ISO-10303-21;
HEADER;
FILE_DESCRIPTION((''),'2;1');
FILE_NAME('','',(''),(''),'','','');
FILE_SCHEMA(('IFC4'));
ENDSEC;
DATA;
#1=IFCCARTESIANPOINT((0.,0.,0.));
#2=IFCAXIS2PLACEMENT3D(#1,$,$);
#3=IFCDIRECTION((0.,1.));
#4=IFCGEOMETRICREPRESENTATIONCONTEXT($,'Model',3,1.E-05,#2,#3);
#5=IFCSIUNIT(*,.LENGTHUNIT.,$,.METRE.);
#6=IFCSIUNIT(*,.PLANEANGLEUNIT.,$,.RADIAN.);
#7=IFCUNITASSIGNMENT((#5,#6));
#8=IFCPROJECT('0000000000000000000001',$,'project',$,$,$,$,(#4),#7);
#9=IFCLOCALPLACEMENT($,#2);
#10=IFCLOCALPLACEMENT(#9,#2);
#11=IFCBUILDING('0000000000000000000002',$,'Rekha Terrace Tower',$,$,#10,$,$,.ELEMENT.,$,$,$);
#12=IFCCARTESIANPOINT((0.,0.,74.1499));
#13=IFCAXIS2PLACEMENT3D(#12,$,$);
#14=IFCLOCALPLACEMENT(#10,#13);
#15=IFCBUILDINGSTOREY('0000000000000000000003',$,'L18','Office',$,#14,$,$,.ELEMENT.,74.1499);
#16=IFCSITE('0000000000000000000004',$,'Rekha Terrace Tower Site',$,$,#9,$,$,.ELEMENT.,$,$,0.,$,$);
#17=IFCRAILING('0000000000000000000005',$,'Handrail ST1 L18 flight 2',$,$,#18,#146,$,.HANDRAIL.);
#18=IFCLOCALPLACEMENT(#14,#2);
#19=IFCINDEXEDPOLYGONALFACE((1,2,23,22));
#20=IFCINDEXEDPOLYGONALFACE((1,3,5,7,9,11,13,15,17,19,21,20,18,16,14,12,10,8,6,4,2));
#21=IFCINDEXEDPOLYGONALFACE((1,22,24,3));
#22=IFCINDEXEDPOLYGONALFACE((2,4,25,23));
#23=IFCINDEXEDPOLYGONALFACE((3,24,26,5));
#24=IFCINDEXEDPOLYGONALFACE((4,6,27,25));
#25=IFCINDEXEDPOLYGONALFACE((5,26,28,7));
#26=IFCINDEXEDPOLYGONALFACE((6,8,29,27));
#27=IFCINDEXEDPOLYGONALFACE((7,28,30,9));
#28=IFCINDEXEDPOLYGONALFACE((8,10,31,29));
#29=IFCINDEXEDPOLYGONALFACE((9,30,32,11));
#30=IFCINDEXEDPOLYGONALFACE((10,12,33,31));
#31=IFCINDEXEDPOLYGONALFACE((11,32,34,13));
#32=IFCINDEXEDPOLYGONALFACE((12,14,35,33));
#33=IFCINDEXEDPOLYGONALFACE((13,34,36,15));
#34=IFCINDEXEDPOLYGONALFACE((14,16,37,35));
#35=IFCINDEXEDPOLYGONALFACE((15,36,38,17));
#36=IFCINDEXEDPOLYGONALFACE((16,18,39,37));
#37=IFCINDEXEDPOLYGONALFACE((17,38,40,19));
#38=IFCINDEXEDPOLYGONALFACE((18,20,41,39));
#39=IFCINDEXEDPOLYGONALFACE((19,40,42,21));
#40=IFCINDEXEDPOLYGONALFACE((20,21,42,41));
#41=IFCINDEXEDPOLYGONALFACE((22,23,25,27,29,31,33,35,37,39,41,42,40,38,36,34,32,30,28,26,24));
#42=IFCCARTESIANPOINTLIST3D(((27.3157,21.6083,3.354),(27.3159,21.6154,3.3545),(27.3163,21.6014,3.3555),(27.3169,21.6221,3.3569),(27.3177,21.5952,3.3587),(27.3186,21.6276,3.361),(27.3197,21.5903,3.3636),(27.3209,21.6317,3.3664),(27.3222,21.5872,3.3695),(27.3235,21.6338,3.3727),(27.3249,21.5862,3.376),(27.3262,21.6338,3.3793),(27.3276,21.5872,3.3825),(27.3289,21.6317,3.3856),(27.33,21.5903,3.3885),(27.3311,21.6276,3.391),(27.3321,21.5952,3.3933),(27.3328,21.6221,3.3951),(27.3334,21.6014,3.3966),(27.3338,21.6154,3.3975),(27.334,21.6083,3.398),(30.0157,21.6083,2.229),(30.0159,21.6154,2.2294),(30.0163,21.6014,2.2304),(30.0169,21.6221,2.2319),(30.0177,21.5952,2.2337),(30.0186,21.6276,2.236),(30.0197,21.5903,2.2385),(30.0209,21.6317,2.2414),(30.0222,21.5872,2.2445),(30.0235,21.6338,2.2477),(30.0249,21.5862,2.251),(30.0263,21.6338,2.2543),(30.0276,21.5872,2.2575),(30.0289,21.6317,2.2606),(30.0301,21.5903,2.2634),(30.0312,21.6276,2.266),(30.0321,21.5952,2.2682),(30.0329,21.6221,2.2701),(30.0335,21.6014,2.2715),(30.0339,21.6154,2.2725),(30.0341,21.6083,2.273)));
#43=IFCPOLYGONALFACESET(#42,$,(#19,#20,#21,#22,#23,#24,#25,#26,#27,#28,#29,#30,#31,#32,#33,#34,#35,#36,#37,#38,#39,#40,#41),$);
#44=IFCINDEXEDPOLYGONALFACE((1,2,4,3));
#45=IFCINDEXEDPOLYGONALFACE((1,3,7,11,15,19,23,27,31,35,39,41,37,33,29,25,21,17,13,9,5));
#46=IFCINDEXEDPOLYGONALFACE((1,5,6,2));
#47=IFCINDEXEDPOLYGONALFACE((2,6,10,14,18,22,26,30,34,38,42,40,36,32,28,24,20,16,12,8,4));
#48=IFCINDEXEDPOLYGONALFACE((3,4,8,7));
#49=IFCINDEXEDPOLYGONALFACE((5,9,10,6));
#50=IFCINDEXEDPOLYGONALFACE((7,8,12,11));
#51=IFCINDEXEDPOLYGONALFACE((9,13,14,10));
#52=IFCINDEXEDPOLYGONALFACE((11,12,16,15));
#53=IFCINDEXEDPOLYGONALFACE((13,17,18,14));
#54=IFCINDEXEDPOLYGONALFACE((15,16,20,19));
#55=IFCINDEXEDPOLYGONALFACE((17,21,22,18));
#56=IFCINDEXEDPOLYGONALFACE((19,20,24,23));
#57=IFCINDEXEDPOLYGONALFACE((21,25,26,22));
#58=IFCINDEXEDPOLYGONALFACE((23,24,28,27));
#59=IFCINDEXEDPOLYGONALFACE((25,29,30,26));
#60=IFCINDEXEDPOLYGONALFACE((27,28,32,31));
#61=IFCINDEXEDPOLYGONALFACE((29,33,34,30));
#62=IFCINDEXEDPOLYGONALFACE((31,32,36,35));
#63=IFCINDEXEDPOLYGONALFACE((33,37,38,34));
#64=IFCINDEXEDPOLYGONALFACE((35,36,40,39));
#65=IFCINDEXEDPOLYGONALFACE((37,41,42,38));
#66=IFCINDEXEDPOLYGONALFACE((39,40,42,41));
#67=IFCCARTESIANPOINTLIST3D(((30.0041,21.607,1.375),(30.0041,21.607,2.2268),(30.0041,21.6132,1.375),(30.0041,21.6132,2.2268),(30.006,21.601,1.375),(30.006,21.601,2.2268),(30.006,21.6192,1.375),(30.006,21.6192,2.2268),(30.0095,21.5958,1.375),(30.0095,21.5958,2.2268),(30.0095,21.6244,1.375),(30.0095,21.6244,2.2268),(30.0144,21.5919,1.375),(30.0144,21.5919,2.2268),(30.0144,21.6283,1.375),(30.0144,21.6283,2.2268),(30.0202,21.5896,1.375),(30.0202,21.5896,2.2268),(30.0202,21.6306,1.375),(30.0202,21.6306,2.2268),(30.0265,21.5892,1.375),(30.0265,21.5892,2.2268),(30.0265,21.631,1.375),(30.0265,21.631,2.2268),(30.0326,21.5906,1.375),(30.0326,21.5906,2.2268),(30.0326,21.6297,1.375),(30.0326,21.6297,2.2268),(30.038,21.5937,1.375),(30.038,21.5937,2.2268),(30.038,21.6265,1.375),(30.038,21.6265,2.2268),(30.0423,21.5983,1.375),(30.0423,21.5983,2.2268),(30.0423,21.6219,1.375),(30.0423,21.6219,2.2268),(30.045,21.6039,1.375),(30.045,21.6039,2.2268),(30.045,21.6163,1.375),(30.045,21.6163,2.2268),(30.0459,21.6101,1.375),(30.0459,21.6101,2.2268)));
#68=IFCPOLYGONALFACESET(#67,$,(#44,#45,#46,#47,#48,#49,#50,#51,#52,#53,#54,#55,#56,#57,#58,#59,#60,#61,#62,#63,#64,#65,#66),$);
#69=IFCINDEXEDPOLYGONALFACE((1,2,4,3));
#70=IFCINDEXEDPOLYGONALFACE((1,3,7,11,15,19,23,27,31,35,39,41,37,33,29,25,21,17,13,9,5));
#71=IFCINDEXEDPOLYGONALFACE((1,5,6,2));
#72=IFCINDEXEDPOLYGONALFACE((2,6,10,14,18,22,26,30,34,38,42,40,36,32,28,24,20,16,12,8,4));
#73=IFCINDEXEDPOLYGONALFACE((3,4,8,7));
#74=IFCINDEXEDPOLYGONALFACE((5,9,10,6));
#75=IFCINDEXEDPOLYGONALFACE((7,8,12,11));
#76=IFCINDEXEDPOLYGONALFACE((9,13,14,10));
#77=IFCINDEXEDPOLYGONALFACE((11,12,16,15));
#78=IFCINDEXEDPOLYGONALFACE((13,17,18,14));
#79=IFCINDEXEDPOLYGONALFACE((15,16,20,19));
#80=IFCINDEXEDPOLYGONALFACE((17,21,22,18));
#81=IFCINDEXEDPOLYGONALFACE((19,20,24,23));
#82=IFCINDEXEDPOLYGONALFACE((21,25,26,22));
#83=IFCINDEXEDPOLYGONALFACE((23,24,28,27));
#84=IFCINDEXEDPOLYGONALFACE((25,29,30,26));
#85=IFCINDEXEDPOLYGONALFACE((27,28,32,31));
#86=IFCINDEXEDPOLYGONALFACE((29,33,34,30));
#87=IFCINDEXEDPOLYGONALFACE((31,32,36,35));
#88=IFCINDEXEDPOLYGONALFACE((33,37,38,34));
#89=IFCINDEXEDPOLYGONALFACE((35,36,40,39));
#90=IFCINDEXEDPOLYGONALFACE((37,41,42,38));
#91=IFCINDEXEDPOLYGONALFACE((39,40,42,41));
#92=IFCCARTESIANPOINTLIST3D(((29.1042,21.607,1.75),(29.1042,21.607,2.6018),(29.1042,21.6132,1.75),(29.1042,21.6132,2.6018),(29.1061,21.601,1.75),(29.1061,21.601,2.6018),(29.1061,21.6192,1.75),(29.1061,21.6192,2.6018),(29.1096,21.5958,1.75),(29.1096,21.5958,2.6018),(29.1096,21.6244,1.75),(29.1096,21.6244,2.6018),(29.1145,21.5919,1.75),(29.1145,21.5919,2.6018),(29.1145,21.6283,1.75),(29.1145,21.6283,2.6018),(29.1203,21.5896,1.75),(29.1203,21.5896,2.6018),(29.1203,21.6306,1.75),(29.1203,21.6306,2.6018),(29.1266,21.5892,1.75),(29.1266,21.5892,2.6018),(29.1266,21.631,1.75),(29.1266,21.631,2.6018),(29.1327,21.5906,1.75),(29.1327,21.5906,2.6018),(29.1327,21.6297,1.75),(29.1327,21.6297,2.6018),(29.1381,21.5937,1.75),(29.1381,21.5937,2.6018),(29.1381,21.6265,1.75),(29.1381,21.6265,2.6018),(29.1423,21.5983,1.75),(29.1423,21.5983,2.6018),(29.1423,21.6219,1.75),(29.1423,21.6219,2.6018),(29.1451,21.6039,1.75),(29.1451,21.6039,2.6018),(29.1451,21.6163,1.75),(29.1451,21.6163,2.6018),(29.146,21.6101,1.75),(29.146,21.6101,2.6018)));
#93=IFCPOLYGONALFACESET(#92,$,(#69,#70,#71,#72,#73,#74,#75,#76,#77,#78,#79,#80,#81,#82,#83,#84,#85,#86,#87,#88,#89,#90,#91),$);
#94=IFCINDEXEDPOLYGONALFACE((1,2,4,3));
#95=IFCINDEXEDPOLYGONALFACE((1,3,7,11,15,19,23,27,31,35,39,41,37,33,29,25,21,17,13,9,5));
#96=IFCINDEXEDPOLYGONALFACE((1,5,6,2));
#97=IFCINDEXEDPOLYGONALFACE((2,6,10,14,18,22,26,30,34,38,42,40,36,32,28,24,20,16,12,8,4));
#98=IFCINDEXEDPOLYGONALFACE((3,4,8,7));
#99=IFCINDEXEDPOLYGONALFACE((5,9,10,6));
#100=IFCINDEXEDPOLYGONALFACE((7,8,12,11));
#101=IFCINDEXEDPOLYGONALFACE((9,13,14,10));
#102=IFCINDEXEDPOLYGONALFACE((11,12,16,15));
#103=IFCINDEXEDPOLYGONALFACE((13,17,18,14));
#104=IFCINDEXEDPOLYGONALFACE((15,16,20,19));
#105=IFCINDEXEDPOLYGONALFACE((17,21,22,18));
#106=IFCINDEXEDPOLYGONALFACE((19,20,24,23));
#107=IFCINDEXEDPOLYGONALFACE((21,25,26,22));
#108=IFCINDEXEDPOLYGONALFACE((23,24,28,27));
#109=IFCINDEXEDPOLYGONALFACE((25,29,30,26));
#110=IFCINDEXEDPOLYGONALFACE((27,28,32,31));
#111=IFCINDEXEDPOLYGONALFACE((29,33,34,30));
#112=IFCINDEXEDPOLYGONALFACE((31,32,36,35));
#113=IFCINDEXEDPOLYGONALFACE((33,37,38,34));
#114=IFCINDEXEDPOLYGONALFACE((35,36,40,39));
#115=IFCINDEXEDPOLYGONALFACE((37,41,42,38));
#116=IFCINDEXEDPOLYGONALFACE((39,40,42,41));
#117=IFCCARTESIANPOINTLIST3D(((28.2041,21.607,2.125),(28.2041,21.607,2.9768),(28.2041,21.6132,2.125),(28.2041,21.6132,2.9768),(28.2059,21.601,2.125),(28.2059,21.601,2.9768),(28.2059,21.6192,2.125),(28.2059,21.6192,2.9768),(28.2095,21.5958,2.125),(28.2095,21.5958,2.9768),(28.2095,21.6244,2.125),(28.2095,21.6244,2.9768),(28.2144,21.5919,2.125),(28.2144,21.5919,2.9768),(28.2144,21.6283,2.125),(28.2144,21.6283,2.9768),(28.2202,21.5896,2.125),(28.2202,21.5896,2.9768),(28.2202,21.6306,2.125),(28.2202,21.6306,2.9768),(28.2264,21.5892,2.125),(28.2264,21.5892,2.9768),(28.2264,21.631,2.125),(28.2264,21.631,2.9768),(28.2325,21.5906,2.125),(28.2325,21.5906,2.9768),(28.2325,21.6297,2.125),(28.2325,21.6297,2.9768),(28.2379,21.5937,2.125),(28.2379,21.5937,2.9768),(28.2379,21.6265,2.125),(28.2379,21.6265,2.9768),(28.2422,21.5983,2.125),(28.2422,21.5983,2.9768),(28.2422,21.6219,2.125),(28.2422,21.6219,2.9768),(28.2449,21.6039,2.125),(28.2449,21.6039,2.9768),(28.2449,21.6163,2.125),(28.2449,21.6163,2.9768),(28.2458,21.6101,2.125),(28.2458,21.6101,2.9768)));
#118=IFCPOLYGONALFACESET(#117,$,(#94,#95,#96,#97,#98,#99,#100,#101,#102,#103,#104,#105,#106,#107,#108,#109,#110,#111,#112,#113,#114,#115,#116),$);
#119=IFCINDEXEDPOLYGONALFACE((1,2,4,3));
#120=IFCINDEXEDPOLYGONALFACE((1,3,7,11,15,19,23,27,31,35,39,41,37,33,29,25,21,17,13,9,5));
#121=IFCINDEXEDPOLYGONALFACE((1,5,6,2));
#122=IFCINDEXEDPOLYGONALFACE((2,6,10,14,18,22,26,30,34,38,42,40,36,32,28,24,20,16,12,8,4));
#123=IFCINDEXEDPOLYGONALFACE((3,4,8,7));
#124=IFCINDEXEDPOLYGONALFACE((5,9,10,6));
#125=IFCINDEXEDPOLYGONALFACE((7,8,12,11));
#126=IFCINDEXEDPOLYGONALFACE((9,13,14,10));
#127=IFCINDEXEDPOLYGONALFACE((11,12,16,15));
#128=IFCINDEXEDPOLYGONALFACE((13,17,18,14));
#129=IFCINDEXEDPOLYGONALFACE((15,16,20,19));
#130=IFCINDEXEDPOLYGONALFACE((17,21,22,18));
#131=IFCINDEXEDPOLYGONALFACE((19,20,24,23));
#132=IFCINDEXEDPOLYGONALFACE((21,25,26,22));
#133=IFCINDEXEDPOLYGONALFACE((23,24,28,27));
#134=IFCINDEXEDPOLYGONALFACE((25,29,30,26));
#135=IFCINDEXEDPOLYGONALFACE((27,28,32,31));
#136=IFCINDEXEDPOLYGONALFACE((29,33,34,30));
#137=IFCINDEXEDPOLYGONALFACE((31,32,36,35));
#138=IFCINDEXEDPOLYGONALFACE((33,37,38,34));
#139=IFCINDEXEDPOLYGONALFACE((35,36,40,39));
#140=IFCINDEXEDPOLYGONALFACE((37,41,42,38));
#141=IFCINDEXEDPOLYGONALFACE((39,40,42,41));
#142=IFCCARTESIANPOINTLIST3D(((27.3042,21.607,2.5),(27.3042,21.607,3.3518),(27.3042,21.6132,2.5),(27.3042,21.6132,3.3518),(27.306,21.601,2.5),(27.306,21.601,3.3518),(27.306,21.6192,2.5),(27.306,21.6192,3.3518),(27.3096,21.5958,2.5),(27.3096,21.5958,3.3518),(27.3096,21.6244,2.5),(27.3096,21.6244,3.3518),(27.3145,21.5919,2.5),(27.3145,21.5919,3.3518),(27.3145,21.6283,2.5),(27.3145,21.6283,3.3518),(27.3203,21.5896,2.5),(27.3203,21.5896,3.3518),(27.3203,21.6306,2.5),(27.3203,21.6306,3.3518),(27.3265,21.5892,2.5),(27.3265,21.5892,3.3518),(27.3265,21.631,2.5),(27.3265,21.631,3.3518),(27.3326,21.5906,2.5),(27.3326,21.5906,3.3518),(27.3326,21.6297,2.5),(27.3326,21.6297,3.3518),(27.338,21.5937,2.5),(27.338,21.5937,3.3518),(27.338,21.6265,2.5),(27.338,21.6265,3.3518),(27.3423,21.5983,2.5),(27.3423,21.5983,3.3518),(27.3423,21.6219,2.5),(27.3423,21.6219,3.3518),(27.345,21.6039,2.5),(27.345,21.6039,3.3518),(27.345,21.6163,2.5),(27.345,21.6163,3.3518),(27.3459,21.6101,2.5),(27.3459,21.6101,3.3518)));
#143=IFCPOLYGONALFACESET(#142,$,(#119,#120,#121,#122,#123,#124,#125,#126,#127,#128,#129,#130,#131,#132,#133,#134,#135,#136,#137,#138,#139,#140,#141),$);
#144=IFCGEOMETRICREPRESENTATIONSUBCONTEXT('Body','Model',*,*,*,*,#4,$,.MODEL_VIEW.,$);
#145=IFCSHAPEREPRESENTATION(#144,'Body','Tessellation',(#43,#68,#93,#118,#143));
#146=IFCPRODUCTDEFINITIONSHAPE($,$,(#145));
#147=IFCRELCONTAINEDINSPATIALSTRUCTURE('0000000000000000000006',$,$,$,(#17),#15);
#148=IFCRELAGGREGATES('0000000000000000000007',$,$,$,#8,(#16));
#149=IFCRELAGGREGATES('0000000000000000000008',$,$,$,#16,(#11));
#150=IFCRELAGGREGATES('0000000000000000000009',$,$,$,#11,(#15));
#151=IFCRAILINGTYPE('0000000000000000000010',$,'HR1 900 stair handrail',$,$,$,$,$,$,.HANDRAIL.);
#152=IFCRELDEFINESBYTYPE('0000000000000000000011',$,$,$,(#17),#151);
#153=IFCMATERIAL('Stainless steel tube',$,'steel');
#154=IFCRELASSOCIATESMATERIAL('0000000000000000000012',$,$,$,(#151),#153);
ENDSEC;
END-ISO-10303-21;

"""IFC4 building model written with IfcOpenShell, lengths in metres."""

from ifc_helpers import new_model, si_unit, direction, frame, origin, origin_2d, place, context, subcontext, project, spatial, circle, extrude, material, type_object, element, save


model = new_model("IFC4")

# Units and contexts
model_context = context("Model", 3, precision=1e-05, world=origin(), true_north=direction((0.0, 1.0)))
body_context = subcontext(model_context, "Body", "Model", "MODEL_VIEW")
ifc_project = project(units=[si_unit("LENGTHUNIT", "METRE"), si_unit("PLANEANGLEUNIT", "RADIAN")], contexts=[model_context])

# Site, building, storey
site_placement = place(None, origin())
site = spatial("IfcSite", under=ifc_project, at=site_placement, Name="Rekha Terrace Tower Site", CompositionType="ELEMENT", RefElevation=0.0)
building_placement = place(site_placement, origin())
building = spatial("IfcBuilding", under=site, at=building_placement, Name="Rekha Terrace Tower", CompositionType="ELEMENT")
storey_placement = place(building_placement, frame((0.0, 0.0, 74.1499)))
storey = spatial("IfcBuildingStorey", under=building, at=storey_placement, Name="L18", Description="Office", CompositionType="ELEMENT", Elevation=74.1499)

# Railing
ifc_material_1 = material(Name="Stainless steel tube", Category="steel")
railing_type_1 = type_object("IfcRailingType", Name="HR1 900 stair handrail", PredefinedType="HANDRAIL", material=ifc_material_1)
railing_1_placement = place(storey_placement, frame((30.0249, 21.6101, 1.375)))
element("IfcRailing", 1, at=railing_1_placement, inside=storey, type_object=railing_type_1, Name="Handrail ST1 L18 flight 2", PredefinedType="HANDRAIL", context=body_context, shape_type="SweptSolid", body=[
    extrude(circle(Radius=0.0239, at=origin_2d()), frame((0.0, 0.0, 0.876), z_axis=(-0.923074, 0.0, 0.384621), x_axis=(0.0, -1.0, 0.0)), (0.0, 0.0, 1.0), 2.925),
    extrude(circle(Radius=0.021, at=origin_2d()), origin(), (0.0, 0.0, 1.0), 0.8518),
    extrude(circle(Radius=0.021, at=origin_2d()), frame((-0.8999, 0.0, 0.375)), (0.0, 0.0, 1.0), 0.8518),
    extrude(circle(Radius=0.021, at=origin_2d()), frame((-1.8, 0.0, 0.75)), (0.0, 0.0, 1.0), 0.8518),
    extrude(circle(Radius=0.021, at=origin_2d()), frame((-2.7, 0.0, 1.125)), (0.0, 0.0, 1.0), 0.8518),
])

save(model, "model.ifc")
